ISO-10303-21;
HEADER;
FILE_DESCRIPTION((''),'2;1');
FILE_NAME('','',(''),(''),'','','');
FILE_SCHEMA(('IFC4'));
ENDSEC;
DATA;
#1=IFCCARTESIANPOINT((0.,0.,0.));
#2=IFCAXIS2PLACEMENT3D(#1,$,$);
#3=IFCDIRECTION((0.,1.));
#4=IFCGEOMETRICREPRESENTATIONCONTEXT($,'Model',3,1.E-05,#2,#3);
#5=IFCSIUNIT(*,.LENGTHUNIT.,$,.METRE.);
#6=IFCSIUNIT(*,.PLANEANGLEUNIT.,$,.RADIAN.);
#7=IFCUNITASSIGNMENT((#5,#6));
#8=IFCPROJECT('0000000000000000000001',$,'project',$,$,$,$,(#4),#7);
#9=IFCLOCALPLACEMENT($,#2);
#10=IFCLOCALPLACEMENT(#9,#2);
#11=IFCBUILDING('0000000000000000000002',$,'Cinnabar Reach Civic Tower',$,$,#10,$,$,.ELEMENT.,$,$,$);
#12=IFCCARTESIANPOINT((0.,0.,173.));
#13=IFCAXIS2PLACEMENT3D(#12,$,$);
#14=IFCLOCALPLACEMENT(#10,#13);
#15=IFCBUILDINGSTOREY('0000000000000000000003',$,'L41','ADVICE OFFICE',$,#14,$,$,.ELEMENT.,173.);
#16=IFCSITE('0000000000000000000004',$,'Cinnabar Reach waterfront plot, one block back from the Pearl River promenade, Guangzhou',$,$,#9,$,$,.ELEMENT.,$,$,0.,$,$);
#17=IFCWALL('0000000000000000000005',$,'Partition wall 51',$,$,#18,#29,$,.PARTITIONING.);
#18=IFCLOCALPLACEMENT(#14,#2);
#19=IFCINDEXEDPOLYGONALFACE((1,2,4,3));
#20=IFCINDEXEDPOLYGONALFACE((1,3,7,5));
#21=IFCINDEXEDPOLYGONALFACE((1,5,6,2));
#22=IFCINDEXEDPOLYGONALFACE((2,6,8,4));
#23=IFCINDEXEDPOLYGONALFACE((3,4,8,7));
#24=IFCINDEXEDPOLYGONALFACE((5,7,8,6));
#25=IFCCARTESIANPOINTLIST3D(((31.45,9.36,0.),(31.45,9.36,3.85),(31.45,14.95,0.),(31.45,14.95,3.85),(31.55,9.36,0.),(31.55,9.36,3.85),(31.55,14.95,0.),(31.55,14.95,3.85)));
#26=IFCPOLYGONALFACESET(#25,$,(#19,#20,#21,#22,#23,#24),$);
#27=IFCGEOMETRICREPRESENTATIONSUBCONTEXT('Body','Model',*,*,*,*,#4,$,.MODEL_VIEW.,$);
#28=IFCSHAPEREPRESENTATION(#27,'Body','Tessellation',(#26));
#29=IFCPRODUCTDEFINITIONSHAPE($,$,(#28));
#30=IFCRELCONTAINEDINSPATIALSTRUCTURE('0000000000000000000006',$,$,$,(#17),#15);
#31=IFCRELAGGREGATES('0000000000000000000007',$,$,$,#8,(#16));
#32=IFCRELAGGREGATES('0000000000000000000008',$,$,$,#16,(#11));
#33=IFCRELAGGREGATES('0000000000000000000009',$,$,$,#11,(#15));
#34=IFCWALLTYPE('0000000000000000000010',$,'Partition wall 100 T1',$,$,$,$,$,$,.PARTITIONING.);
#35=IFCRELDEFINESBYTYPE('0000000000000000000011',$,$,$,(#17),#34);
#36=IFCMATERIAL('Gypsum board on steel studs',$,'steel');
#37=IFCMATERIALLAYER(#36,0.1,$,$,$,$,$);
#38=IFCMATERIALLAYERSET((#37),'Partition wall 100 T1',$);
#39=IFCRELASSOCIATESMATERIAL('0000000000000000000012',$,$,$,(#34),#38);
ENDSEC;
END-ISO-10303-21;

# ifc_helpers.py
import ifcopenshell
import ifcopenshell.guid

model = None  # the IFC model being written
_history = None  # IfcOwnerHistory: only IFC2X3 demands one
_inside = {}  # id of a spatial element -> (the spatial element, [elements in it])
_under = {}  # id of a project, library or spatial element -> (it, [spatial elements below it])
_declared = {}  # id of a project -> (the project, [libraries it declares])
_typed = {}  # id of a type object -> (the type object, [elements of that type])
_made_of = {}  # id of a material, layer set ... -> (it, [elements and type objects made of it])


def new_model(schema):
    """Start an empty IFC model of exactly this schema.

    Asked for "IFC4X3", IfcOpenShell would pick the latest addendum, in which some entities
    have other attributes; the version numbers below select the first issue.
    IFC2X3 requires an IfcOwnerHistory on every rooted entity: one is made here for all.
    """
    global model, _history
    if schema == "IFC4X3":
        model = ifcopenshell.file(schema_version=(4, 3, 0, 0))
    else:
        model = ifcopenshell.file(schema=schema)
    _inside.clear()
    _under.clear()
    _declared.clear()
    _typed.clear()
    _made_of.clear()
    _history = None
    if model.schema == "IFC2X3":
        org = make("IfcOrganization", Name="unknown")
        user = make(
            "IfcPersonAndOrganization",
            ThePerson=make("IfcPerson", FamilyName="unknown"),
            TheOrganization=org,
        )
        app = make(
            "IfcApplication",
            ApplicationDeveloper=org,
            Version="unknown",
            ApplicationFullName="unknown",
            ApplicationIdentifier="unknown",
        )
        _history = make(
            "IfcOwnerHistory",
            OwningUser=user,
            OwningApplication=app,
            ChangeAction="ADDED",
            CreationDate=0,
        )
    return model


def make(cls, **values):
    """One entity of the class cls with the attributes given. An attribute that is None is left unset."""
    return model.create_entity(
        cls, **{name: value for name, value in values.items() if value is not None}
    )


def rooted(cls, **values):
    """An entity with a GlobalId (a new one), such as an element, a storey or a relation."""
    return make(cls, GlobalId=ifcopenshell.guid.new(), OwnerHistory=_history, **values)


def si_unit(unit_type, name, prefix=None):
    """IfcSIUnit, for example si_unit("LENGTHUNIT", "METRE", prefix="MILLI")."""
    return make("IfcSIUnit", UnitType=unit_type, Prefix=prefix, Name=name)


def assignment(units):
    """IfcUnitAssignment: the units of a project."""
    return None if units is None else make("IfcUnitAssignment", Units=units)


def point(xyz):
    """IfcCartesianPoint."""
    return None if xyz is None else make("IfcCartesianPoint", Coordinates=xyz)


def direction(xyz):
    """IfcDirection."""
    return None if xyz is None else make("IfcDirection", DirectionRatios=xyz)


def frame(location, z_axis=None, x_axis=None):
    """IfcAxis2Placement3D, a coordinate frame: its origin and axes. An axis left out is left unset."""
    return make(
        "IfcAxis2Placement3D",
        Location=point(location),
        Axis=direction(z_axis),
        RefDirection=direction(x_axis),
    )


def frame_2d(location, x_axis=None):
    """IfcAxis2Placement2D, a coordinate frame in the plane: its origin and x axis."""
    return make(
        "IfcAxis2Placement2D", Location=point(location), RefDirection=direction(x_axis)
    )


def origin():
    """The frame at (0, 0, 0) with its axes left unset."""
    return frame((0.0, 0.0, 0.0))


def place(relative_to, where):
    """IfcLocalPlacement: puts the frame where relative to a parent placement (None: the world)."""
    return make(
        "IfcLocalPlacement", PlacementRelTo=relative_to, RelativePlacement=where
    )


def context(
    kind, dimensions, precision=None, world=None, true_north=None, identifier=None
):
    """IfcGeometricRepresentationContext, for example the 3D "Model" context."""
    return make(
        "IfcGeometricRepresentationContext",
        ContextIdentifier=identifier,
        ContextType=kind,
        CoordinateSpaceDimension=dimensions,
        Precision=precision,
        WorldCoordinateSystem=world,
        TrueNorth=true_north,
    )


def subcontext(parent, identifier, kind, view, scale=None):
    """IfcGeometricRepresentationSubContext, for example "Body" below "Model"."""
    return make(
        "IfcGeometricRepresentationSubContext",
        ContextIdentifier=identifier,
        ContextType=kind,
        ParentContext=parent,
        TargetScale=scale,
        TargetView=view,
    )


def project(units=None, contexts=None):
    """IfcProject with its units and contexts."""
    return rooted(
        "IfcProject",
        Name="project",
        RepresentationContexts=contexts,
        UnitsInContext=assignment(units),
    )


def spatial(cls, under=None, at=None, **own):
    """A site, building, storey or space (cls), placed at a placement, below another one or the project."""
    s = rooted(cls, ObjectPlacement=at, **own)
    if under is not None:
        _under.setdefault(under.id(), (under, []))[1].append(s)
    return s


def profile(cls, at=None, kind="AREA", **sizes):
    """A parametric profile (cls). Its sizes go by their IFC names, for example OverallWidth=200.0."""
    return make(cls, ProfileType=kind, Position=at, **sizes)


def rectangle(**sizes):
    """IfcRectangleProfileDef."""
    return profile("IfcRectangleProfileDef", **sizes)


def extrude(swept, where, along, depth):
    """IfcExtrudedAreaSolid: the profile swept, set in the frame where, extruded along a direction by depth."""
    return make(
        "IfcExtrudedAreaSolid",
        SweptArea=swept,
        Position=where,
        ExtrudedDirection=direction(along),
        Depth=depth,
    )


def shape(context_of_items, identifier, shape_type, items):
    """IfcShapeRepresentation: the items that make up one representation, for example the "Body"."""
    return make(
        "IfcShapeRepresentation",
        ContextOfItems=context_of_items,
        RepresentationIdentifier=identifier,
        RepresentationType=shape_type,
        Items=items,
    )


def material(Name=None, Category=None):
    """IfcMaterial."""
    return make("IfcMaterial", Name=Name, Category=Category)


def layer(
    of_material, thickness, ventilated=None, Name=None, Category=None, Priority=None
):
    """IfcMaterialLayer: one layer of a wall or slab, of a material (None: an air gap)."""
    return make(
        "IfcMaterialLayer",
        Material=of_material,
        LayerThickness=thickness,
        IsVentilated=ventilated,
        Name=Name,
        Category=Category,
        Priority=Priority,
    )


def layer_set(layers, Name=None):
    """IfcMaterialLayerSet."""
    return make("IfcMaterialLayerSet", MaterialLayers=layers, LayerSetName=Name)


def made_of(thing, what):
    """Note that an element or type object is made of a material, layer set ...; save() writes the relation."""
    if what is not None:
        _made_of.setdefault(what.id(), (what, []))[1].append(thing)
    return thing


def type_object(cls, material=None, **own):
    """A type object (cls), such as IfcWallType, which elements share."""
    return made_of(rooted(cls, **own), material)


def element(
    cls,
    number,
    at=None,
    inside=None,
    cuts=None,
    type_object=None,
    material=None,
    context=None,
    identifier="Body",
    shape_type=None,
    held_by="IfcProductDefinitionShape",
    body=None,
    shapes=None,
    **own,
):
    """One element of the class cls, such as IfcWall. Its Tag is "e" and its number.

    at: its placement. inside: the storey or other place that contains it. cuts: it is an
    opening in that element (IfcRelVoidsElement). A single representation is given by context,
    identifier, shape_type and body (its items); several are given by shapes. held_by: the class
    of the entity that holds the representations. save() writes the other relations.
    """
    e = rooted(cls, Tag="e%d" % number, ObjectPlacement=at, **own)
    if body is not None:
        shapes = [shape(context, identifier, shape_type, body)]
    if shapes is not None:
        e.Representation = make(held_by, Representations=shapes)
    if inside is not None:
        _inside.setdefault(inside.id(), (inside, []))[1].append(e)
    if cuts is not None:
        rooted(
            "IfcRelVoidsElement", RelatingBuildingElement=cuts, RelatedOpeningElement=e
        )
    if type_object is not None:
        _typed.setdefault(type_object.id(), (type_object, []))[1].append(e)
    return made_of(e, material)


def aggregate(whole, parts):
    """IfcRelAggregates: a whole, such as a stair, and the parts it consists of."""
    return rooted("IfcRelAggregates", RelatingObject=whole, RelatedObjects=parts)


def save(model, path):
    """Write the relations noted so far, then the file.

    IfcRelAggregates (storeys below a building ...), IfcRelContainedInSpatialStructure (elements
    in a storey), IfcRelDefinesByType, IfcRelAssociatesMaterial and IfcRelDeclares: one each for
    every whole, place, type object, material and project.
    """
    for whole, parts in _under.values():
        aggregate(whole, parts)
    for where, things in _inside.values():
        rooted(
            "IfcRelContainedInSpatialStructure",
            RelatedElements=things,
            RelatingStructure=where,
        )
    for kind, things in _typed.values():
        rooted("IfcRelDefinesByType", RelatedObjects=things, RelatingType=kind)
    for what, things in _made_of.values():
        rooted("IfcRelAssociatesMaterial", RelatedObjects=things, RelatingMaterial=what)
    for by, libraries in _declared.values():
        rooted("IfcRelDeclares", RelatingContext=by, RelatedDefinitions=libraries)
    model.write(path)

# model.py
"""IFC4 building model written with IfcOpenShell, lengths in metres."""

from ifc_helpers import new_model, si_unit, direction, frame, frame_2d, origin, place, context, subcontext, project, spatial, rectangle, extrude, material, layer, layer_set, type_object, element, save


model = new_model("IFC4")

# Units and contexts
model_context = context("Model", 3, precision=1e-05, world=origin(), true_north=direction((0.0, 1.0)))
body_context = subcontext(model_context, "Body", "Model", "MODEL_VIEW")
ifc_project = project(units=[si_unit("LENGTHUNIT", "METRE"), si_unit("PLANEANGLEUNIT", "RADIAN")], contexts=[model_context])

# Site, building, storey
site_placement = place(None, origin())
site = spatial("IfcSite", under=ifc_project, at=site_placement, Name="Cinnabar Reach waterfront plot, one block back from the Pearl River promenade, Guangzhou", CompositionType="ELEMENT", RefElevation=0.0)
building_placement = place(site_placement, origin())
building = spatial("IfcBuilding", under=site, at=building_placement, Name="Cinnabar Reach Civic Tower", CompositionType="ELEMENT")
storey_placement = place(building_placement, frame((0.0, 0.0, 173.0)))
storey = spatial("IfcBuildingStorey", under=building, at=storey_placement, Name="L41", Description="ADVICE OFFICE", CompositionType="ELEMENT", Elevation=173.0)

# Shared definitions
ifc_material_1 = material(Name="Gypsum board on steel studs", Category="steel")
ifc_layer_1 = layer(ifc_material_1, 0.1)
ifc_layer_set_1 = layer_set([ifc_layer_1], Name="Partition wall 100 T1")
wall_type_1 = type_object("IfcWallType", Name="Partition wall 100 T1", PredefinedType="PARTITIONING", material=ifc_layer_set_1)

# Wall
wall_1_placement = place(storey_placement, frame((31.5, 9.36, 0.0), z_axis=(0.0, 0.0, 1.0), x_axis=(0.0, 1.0, 0.0)))
element("IfcWall", 1, at=wall_1_placement, inside=storey, type_object=wall_type_1, Name="Partition wall 51", PredefinedType="PARTITIONING", context=body_context, shape_type="SweptSolid", body=[
    extrude(rectangle(XDim=5.59, YDim=0.1, at=frame_2d((2.795, 0.0))), origin(), (0.0, 0.0, 1.0), 3.85),
])

save(model, "model.ifc")
